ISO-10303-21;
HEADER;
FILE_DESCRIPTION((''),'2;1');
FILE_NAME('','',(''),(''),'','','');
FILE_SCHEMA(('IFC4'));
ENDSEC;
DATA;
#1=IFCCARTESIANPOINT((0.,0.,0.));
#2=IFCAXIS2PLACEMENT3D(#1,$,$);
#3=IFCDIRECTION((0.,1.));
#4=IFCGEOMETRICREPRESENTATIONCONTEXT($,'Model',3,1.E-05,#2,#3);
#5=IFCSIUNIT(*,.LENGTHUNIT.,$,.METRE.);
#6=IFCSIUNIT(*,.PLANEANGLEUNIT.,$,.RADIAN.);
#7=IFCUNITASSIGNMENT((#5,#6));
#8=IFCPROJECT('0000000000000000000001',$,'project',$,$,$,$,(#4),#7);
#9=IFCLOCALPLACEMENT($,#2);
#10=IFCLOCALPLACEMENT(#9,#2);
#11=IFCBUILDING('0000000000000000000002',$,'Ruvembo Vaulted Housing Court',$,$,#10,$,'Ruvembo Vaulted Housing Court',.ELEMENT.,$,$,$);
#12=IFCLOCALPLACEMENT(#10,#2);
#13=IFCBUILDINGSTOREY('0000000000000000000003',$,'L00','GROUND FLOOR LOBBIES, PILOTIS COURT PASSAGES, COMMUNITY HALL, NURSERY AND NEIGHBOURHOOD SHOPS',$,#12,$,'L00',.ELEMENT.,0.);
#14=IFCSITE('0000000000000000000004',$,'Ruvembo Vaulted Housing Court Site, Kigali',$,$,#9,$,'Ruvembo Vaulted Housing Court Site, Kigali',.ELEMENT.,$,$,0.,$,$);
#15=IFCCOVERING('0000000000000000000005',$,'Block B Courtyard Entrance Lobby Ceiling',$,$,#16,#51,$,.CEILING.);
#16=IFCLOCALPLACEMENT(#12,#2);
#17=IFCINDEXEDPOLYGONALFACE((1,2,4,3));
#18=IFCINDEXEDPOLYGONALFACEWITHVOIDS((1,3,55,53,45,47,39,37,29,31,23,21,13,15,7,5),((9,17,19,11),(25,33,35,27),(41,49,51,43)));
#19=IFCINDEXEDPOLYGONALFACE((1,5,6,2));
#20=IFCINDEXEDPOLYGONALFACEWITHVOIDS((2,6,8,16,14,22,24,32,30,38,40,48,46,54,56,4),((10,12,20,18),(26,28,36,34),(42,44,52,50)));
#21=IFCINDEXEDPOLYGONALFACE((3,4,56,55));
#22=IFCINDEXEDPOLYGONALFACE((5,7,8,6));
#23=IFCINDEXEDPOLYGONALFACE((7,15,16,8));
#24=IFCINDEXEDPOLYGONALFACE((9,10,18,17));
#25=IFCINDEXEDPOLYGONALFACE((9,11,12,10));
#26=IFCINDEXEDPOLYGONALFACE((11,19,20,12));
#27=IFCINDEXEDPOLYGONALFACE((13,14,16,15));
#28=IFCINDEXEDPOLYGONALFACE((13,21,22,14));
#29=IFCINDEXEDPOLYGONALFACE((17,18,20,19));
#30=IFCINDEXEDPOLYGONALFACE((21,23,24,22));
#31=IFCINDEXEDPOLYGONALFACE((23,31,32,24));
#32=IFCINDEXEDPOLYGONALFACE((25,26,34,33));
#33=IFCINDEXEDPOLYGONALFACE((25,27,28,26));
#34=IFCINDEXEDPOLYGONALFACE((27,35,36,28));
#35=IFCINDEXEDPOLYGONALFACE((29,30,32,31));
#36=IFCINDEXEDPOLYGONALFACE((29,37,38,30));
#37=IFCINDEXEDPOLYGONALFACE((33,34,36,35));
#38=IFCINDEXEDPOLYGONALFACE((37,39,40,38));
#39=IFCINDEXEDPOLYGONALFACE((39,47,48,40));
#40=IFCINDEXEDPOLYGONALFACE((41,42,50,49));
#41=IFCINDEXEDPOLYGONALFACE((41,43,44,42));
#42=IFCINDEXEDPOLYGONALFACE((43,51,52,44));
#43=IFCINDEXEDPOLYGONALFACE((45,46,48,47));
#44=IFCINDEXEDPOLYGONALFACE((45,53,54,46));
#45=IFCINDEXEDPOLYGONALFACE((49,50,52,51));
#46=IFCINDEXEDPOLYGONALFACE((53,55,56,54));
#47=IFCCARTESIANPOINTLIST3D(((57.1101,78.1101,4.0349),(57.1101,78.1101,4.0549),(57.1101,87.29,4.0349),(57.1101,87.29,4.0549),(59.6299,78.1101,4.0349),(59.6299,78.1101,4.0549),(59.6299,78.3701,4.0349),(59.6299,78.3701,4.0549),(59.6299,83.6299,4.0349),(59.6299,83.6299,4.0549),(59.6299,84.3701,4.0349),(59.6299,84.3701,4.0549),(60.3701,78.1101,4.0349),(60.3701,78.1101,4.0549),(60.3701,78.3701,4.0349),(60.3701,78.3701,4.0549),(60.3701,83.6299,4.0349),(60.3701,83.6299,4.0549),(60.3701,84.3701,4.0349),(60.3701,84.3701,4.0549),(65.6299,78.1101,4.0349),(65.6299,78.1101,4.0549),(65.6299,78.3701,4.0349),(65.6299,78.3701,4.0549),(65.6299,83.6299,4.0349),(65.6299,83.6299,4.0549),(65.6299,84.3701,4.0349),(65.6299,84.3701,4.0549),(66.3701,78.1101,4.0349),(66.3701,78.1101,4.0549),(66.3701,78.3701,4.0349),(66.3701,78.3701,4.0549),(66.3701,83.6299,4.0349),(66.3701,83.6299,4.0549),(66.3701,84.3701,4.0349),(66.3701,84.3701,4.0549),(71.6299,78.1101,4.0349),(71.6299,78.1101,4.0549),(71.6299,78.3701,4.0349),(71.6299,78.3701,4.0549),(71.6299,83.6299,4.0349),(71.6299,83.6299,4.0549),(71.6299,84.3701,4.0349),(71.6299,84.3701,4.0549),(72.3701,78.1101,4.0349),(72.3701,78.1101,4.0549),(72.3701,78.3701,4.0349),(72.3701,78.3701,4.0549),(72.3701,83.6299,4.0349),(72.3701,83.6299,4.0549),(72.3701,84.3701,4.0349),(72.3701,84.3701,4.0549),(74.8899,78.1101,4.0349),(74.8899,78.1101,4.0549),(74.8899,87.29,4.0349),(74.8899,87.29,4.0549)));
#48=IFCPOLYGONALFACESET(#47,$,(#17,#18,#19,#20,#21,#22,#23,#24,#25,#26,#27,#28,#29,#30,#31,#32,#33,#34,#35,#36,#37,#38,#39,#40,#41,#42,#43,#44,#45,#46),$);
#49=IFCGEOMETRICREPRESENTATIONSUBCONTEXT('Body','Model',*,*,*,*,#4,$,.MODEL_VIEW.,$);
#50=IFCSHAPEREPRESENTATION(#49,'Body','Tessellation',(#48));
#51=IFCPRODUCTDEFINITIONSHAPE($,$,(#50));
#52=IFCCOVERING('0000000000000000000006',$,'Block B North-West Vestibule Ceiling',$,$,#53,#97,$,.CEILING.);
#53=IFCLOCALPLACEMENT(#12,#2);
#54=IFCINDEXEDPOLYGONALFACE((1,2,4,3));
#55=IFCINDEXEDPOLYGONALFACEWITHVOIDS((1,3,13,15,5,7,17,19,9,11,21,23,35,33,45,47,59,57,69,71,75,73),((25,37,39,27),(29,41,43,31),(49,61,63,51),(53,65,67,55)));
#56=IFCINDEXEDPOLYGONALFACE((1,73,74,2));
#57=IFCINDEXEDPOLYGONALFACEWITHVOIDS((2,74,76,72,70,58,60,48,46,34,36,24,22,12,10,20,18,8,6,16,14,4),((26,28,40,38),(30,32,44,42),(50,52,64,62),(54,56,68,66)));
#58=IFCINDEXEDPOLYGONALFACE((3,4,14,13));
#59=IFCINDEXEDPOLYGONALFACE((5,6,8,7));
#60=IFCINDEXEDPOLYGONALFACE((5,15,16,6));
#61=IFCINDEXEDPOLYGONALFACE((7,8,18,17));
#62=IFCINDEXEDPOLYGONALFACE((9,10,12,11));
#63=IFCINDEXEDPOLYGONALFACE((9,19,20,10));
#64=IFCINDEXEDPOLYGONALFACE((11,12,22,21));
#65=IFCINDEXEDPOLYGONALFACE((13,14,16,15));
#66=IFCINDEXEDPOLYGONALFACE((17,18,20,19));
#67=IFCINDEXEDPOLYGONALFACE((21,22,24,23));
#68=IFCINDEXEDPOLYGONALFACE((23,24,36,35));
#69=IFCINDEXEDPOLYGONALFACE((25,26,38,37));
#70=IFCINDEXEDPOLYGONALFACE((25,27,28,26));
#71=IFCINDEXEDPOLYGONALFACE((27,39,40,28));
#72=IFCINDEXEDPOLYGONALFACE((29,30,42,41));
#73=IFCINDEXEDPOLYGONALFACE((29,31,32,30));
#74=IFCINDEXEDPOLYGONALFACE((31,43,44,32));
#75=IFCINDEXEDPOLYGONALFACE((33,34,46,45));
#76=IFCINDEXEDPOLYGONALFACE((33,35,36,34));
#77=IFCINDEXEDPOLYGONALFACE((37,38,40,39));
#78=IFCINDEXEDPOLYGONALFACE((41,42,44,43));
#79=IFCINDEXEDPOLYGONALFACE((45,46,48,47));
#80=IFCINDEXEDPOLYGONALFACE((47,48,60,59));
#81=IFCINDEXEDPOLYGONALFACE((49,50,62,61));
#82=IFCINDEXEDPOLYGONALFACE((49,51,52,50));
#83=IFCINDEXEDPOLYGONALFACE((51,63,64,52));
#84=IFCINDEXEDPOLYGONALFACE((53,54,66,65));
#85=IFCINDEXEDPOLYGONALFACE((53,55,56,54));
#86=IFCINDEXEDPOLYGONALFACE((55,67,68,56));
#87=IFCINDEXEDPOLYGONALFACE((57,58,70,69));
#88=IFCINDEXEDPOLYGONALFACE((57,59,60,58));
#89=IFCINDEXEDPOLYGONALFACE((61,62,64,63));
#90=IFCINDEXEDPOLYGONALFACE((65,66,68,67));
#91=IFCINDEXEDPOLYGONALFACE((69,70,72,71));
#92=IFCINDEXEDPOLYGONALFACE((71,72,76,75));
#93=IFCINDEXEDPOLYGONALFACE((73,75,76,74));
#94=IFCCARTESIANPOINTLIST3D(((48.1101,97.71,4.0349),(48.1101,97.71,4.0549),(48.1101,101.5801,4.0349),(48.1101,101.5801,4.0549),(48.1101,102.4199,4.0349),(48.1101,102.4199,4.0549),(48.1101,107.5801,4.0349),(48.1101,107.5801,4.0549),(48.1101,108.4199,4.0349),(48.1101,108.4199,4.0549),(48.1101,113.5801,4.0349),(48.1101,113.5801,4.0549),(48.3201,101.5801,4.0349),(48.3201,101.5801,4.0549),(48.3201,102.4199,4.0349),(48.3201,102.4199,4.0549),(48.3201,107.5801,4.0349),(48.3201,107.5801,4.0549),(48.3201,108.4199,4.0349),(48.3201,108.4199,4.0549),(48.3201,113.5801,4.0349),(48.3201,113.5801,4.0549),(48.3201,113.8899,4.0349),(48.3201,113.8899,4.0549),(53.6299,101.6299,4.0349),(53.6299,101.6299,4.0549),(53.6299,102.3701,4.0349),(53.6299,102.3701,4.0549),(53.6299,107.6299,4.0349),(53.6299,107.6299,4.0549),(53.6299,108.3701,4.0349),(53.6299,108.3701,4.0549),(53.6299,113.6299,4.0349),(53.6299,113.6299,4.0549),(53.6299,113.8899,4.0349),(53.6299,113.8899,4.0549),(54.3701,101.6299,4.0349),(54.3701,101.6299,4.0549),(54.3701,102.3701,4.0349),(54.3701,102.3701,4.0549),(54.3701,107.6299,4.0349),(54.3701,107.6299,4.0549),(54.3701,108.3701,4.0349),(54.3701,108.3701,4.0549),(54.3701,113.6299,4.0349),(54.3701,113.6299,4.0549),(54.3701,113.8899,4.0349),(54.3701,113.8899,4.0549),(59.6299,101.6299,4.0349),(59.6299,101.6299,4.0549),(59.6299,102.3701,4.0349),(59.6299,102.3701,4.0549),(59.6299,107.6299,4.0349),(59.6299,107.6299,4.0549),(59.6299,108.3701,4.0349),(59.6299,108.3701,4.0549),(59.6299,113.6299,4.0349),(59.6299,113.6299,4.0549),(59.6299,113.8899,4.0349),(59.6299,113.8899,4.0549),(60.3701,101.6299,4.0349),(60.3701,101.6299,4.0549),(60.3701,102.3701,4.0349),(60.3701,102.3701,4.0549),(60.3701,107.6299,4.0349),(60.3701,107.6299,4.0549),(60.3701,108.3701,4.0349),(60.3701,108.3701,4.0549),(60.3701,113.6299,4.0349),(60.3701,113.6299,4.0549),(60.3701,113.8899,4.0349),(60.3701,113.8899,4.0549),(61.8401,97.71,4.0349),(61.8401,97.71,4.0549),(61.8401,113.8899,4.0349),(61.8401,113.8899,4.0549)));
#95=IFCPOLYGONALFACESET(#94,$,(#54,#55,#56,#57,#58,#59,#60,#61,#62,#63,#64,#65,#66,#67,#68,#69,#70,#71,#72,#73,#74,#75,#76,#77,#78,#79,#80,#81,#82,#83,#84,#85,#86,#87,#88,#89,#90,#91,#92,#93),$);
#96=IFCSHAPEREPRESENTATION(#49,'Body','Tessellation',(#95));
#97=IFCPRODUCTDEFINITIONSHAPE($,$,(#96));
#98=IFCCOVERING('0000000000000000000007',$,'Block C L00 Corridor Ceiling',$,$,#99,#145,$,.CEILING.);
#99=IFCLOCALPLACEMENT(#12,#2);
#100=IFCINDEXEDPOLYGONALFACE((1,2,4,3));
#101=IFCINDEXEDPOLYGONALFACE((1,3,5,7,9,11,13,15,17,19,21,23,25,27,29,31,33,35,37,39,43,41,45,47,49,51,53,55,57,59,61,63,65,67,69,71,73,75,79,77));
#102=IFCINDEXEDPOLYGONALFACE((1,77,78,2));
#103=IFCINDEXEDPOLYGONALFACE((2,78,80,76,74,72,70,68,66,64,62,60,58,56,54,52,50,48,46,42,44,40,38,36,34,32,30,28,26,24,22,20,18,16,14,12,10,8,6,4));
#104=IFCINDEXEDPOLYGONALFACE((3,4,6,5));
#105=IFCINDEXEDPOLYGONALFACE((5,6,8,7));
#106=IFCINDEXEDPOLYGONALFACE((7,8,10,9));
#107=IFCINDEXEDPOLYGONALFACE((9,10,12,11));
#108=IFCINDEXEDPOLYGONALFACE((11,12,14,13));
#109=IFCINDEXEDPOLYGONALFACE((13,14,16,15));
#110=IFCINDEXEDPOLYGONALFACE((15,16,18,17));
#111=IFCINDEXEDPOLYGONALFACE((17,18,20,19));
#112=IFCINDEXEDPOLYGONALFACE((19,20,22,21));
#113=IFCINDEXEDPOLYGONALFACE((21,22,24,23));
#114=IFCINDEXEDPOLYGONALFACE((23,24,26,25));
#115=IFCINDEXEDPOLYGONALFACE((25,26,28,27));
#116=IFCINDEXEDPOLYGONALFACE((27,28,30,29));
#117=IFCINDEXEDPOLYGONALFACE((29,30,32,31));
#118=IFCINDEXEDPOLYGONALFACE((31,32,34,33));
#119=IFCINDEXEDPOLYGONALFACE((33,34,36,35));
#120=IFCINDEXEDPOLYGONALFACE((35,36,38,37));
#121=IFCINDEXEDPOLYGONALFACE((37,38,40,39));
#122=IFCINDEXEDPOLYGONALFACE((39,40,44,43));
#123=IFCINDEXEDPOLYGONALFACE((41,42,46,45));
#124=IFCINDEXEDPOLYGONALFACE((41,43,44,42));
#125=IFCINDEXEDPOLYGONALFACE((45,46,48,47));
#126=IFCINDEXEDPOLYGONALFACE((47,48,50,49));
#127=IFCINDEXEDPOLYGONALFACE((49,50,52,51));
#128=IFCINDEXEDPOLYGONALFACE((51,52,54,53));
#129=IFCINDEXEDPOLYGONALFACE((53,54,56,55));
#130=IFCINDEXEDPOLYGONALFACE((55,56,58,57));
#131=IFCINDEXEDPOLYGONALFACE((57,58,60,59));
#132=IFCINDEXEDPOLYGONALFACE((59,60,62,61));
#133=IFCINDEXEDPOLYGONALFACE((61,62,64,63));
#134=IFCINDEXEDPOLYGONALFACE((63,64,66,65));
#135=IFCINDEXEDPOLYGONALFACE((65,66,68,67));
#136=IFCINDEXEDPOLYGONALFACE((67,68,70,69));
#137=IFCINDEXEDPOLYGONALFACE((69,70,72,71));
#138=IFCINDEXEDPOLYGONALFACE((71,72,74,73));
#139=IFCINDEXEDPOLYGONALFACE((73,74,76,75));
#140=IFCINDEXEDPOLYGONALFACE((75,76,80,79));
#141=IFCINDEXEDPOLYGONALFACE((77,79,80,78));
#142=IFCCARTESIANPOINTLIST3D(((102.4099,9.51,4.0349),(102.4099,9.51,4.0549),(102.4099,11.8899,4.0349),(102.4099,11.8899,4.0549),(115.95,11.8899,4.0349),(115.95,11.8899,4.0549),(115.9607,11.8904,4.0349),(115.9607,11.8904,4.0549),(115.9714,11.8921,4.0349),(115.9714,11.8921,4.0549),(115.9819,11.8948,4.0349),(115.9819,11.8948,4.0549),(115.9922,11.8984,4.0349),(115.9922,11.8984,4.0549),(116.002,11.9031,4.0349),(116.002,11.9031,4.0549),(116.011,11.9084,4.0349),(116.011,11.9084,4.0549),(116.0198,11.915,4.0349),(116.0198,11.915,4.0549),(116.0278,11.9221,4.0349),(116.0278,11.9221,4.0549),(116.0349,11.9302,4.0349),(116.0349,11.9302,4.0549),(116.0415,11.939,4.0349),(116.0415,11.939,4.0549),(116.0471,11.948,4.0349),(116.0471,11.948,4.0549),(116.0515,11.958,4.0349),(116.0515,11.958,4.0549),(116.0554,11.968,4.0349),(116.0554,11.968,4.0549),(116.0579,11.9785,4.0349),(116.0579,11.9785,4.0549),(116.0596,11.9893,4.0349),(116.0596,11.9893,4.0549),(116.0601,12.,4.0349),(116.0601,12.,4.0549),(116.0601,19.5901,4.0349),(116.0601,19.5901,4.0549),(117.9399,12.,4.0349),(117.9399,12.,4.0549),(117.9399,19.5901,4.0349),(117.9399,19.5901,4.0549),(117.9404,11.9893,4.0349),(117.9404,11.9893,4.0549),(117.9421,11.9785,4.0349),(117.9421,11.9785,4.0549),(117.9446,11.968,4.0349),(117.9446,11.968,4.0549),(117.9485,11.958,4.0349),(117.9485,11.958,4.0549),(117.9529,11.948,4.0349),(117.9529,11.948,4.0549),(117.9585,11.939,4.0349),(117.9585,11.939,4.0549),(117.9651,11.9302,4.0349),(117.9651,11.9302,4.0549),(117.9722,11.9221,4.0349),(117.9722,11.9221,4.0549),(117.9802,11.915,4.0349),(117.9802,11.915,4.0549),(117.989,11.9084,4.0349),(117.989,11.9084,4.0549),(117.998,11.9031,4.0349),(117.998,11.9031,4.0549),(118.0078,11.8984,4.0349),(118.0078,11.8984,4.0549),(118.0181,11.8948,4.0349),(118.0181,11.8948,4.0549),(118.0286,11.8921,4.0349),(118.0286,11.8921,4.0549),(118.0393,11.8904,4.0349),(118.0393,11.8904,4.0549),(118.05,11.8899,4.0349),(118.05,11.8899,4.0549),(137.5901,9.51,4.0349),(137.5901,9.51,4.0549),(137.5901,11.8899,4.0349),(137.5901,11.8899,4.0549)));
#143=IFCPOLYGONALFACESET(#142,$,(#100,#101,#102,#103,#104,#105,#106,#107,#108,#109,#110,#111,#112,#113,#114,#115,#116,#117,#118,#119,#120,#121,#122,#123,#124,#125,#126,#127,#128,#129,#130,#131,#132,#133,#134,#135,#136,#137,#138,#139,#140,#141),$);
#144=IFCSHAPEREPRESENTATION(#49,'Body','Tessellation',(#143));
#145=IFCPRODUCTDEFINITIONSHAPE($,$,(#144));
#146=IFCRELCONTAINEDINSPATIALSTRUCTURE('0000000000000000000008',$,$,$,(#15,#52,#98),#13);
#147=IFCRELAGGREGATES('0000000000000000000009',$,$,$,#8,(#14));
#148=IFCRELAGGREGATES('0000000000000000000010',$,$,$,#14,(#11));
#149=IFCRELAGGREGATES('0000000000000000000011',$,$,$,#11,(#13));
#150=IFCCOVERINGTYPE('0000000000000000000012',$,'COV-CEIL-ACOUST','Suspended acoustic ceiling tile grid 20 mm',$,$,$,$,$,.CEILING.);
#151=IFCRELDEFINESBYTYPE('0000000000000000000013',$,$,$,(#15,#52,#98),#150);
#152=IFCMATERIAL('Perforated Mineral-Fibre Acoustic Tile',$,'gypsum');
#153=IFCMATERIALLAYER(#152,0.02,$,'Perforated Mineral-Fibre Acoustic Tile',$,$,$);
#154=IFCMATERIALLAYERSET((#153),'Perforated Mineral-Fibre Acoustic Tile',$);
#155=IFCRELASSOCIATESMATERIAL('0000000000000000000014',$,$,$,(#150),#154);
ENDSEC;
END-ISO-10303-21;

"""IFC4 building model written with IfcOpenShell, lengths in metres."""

from ifc_helpers import new_model, si_unit, direction, frame, origin, place, context, subcontext, project, spatial, polyline, outline, extrude, material, layer, layer_set, type_object, element, save


model = new_model("IFC4")

# Units and contexts
model_context = context("Model", 3, precision=1e-05, world=origin(), true_north=direction((0.0, 1.0)))
body_context = subcontext(model_context, "Body", "Model", "MODEL_VIEW")
ifc_project = project(units=[si_unit("LENGTHUNIT", "METRE"), si_unit("PLANEANGLEUNIT", "RADIAN")], contexts=[model_context])

# Site, building, storey
site_placement = place(None, origin())
site = spatial("IfcSite", under=ifc_project, at=site_placement, Name="Ruvembo Vaulted Housing Court Site, Kigali", LongName="Ruvembo Vaulted Housing Court Site, Kigali", CompositionType="ELEMENT", RefElevation=0.0)
building_placement = place(site_placement, origin())
building = spatial("IfcBuilding", under=site, at=building_placement, Name="Ruvembo Vaulted Housing Court", LongName="Ruvembo Vaulted Housing Court", CompositionType="ELEMENT")
storey_placement = place(building_placement, origin())
storey = spatial("IfcBuildingStorey", under=building, at=storey_placement, Name="L00", Description="GROUND FLOOR LOBBIES, PILOTIS COURT PASSAGES, COMMUNITY HALL, NURSERY AND NEIGHBOURHOOD SHOPS", LongName="L00", CompositionType="ELEMENT", Elevation=0.0)

# Coverings
ifc_material_1 = material(Name="Perforated Mineral-Fibre Acoustic Tile", Category="gypsum")
ifc_layer_1 = layer(ifc_material_1, 0.02, Name="Perforated Mineral-Fibre Acoustic Tile")
ifc_layer_set_1 = layer_set([ifc_layer_1], Name="Perforated Mineral-Fibre Acoustic Tile")
covering_type_1 = type_object("IfcCoveringType", Name="COV-CEIL-ACOUST", Description="Suspended acoustic ceiling tile grid 20 mm", PredefinedType="CEILING", material=ifc_layer_set_1)
covering_1_placement = place(storey_placement, frame((0.0, 0.0, 4.0349)))
element("IfcCovering", 1, at=covering_1_placement, inside=storey, type_object=covering_type_1, Name="Block B Courtyard Entrance Lobby Ceiling", PredefinedType="CEILING", context=body_context, shape_type="SweptSolid", body=[
    extrude(outline(polyline([(71.6299, 78.3701), (72.3701, 78.3701), (72.3701, 78.1101), (74.8899, 78.1101), (74.8899, 87.29), (57.1101, 87.29), (57.1101, 78.1101), (59.6299, 78.1101), (59.6299, 78.3701), (60.3701, 78.3701), (60.3701, 78.1101), (65.6299, 78.1101), (65.6299, 78.3701), (66.3701, 78.3701), (66.3701, 78.1101), (71.6299, 78.1101), (71.6299, 78.3701)]), holes=[polyline([(60.3701, 83.6299), (60.3701, 84.3701), (59.6299, 84.3701), (59.6299, 83.6299), (60.3701, 83.6299)]), polyline([(65.6299, 83.6299), (66.3701, 83.6299), (66.3701, 84.3701), (65.6299, 84.3701), (65.6299, 83.6299)]), polyline([(71.6299, 83.6299), (72.3701, 83.6299), (72.3701, 84.3701), (71.6299, 84.3701), (71.6299, 83.6299)])]), origin(), (0.0, 0.0, 1.0), 0.02),
])
covering_2_placement = place(storey_placement, frame((0.0, 0.0, 4.0349)))
element("IfcCovering", 2, at=covering_2_placement, inside=storey, type_object=covering_type_1, Name="Block B North-West Vestibule Ceiling", PredefinedType="CEILING", context=body_context, shape_type="SweptSolid", body=[
    extrude(outline(polyline([(48.3201, 102.4199), (48.3201, 101.5801), (48.1101, 101.5801), (48.1101, 97.71), (61.8401, 97.71), (61.8401, 113.8899), (60.3701, 113.8899), (60.3701, 113.6299), (59.6299, 113.6299), (59.6299, 113.8899), (54.3701, 113.8899), (54.3701, 113.6299), (53.6299, 113.6299), (53.6299, 113.8899), (48.3201, 113.8899), (48.3201, 113.5801), (48.1101, 113.5801), (48.1101, 108.4199), (48.3201, 108.4199), (48.3201, 107.5801), (48.1101, 107.5801), (48.1101, 102.4199), (48.3201, 102.4199)]), holes=[polyline([(54.3701, 101.6299), (54.3701, 102.3701), (53.6299, 102.3701), (53.6299, 101.6299), (54.3701, 101.6299)]), polyline([(53.6299, 107.6299), (54.3701, 107.6299), (54.3701, 108.3701), (53.6299, 108.3701), (53.6299, 107.6299)]), polyline([(59.6299, 101.6299), (60.3701, 101.6299), (60.3701, 102.3701), (59.6299, 102.3701), (59.6299, 101.6299)]), polyline([(59.6299, 107.6299), (60.3701, 107.6299), (60.3701, 108.3701), (59.6299, 108.3701), (59.6299, 107.6299)])]), origin(), (0.0, 0.0, 1.0), 0.02),
])
covering_3_placement = place(storey_placement, frame((0.0, 0.0, 4.0349)))
element("IfcCovering", 3, at=covering_3_placement, inside=storey, type_object=covering_type_1, Name="Block C L00 Corridor Ceiling", PredefinedType="CEILING", context=body_context, shape_type="SweptSolid", body=[
    extrude(outline(polyline([(115.95, 11.8899), (102.4099, 11.8899), (102.4099, 9.51), (137.5901, 9.51), (137.5901, 11.8899), (118.05, 11.8899), (118.0393, 11.8904), (118.0286, 11.8921), (118.0181, 11.8948), (118.0078, 11.8984), (117.998, 11.9031), (117.989, 11.9084), (117.9802, 11.915), (117.9722, 11.9221), (117.9651, 11.9302), (117.9585, 11.939), (117.9529, 11.948), (117.9485, 11.958), (117.9446, 11.968), (117.9421, 11.9785), (117.9404, 11.9893), (117.9399, 12.0), (117.9399, 19.5901), (116.0601, 19.5901), (116.0601, 12.0), (116.0596, 11.9893), (116.0579, 11.9785), (116.0554, 11.968), (116.0515, 11.958), (116.0471, 11.948), (116.0415, 11.939), (116.0349, 11.9302), (116.0278, 11.9221), (116.0198, 11.915), (116.011, 11.9084), (116.002, 11.9031), (115.9922, 11.8984), (115.9819, 11.8948), (115.9714, 11.8921), (115.9607, 11.8904), (115.95, 11.8899)])), origin(), (0.0, 0.0, 1.0), 0.02),
])

save(model, "model.ifc")
